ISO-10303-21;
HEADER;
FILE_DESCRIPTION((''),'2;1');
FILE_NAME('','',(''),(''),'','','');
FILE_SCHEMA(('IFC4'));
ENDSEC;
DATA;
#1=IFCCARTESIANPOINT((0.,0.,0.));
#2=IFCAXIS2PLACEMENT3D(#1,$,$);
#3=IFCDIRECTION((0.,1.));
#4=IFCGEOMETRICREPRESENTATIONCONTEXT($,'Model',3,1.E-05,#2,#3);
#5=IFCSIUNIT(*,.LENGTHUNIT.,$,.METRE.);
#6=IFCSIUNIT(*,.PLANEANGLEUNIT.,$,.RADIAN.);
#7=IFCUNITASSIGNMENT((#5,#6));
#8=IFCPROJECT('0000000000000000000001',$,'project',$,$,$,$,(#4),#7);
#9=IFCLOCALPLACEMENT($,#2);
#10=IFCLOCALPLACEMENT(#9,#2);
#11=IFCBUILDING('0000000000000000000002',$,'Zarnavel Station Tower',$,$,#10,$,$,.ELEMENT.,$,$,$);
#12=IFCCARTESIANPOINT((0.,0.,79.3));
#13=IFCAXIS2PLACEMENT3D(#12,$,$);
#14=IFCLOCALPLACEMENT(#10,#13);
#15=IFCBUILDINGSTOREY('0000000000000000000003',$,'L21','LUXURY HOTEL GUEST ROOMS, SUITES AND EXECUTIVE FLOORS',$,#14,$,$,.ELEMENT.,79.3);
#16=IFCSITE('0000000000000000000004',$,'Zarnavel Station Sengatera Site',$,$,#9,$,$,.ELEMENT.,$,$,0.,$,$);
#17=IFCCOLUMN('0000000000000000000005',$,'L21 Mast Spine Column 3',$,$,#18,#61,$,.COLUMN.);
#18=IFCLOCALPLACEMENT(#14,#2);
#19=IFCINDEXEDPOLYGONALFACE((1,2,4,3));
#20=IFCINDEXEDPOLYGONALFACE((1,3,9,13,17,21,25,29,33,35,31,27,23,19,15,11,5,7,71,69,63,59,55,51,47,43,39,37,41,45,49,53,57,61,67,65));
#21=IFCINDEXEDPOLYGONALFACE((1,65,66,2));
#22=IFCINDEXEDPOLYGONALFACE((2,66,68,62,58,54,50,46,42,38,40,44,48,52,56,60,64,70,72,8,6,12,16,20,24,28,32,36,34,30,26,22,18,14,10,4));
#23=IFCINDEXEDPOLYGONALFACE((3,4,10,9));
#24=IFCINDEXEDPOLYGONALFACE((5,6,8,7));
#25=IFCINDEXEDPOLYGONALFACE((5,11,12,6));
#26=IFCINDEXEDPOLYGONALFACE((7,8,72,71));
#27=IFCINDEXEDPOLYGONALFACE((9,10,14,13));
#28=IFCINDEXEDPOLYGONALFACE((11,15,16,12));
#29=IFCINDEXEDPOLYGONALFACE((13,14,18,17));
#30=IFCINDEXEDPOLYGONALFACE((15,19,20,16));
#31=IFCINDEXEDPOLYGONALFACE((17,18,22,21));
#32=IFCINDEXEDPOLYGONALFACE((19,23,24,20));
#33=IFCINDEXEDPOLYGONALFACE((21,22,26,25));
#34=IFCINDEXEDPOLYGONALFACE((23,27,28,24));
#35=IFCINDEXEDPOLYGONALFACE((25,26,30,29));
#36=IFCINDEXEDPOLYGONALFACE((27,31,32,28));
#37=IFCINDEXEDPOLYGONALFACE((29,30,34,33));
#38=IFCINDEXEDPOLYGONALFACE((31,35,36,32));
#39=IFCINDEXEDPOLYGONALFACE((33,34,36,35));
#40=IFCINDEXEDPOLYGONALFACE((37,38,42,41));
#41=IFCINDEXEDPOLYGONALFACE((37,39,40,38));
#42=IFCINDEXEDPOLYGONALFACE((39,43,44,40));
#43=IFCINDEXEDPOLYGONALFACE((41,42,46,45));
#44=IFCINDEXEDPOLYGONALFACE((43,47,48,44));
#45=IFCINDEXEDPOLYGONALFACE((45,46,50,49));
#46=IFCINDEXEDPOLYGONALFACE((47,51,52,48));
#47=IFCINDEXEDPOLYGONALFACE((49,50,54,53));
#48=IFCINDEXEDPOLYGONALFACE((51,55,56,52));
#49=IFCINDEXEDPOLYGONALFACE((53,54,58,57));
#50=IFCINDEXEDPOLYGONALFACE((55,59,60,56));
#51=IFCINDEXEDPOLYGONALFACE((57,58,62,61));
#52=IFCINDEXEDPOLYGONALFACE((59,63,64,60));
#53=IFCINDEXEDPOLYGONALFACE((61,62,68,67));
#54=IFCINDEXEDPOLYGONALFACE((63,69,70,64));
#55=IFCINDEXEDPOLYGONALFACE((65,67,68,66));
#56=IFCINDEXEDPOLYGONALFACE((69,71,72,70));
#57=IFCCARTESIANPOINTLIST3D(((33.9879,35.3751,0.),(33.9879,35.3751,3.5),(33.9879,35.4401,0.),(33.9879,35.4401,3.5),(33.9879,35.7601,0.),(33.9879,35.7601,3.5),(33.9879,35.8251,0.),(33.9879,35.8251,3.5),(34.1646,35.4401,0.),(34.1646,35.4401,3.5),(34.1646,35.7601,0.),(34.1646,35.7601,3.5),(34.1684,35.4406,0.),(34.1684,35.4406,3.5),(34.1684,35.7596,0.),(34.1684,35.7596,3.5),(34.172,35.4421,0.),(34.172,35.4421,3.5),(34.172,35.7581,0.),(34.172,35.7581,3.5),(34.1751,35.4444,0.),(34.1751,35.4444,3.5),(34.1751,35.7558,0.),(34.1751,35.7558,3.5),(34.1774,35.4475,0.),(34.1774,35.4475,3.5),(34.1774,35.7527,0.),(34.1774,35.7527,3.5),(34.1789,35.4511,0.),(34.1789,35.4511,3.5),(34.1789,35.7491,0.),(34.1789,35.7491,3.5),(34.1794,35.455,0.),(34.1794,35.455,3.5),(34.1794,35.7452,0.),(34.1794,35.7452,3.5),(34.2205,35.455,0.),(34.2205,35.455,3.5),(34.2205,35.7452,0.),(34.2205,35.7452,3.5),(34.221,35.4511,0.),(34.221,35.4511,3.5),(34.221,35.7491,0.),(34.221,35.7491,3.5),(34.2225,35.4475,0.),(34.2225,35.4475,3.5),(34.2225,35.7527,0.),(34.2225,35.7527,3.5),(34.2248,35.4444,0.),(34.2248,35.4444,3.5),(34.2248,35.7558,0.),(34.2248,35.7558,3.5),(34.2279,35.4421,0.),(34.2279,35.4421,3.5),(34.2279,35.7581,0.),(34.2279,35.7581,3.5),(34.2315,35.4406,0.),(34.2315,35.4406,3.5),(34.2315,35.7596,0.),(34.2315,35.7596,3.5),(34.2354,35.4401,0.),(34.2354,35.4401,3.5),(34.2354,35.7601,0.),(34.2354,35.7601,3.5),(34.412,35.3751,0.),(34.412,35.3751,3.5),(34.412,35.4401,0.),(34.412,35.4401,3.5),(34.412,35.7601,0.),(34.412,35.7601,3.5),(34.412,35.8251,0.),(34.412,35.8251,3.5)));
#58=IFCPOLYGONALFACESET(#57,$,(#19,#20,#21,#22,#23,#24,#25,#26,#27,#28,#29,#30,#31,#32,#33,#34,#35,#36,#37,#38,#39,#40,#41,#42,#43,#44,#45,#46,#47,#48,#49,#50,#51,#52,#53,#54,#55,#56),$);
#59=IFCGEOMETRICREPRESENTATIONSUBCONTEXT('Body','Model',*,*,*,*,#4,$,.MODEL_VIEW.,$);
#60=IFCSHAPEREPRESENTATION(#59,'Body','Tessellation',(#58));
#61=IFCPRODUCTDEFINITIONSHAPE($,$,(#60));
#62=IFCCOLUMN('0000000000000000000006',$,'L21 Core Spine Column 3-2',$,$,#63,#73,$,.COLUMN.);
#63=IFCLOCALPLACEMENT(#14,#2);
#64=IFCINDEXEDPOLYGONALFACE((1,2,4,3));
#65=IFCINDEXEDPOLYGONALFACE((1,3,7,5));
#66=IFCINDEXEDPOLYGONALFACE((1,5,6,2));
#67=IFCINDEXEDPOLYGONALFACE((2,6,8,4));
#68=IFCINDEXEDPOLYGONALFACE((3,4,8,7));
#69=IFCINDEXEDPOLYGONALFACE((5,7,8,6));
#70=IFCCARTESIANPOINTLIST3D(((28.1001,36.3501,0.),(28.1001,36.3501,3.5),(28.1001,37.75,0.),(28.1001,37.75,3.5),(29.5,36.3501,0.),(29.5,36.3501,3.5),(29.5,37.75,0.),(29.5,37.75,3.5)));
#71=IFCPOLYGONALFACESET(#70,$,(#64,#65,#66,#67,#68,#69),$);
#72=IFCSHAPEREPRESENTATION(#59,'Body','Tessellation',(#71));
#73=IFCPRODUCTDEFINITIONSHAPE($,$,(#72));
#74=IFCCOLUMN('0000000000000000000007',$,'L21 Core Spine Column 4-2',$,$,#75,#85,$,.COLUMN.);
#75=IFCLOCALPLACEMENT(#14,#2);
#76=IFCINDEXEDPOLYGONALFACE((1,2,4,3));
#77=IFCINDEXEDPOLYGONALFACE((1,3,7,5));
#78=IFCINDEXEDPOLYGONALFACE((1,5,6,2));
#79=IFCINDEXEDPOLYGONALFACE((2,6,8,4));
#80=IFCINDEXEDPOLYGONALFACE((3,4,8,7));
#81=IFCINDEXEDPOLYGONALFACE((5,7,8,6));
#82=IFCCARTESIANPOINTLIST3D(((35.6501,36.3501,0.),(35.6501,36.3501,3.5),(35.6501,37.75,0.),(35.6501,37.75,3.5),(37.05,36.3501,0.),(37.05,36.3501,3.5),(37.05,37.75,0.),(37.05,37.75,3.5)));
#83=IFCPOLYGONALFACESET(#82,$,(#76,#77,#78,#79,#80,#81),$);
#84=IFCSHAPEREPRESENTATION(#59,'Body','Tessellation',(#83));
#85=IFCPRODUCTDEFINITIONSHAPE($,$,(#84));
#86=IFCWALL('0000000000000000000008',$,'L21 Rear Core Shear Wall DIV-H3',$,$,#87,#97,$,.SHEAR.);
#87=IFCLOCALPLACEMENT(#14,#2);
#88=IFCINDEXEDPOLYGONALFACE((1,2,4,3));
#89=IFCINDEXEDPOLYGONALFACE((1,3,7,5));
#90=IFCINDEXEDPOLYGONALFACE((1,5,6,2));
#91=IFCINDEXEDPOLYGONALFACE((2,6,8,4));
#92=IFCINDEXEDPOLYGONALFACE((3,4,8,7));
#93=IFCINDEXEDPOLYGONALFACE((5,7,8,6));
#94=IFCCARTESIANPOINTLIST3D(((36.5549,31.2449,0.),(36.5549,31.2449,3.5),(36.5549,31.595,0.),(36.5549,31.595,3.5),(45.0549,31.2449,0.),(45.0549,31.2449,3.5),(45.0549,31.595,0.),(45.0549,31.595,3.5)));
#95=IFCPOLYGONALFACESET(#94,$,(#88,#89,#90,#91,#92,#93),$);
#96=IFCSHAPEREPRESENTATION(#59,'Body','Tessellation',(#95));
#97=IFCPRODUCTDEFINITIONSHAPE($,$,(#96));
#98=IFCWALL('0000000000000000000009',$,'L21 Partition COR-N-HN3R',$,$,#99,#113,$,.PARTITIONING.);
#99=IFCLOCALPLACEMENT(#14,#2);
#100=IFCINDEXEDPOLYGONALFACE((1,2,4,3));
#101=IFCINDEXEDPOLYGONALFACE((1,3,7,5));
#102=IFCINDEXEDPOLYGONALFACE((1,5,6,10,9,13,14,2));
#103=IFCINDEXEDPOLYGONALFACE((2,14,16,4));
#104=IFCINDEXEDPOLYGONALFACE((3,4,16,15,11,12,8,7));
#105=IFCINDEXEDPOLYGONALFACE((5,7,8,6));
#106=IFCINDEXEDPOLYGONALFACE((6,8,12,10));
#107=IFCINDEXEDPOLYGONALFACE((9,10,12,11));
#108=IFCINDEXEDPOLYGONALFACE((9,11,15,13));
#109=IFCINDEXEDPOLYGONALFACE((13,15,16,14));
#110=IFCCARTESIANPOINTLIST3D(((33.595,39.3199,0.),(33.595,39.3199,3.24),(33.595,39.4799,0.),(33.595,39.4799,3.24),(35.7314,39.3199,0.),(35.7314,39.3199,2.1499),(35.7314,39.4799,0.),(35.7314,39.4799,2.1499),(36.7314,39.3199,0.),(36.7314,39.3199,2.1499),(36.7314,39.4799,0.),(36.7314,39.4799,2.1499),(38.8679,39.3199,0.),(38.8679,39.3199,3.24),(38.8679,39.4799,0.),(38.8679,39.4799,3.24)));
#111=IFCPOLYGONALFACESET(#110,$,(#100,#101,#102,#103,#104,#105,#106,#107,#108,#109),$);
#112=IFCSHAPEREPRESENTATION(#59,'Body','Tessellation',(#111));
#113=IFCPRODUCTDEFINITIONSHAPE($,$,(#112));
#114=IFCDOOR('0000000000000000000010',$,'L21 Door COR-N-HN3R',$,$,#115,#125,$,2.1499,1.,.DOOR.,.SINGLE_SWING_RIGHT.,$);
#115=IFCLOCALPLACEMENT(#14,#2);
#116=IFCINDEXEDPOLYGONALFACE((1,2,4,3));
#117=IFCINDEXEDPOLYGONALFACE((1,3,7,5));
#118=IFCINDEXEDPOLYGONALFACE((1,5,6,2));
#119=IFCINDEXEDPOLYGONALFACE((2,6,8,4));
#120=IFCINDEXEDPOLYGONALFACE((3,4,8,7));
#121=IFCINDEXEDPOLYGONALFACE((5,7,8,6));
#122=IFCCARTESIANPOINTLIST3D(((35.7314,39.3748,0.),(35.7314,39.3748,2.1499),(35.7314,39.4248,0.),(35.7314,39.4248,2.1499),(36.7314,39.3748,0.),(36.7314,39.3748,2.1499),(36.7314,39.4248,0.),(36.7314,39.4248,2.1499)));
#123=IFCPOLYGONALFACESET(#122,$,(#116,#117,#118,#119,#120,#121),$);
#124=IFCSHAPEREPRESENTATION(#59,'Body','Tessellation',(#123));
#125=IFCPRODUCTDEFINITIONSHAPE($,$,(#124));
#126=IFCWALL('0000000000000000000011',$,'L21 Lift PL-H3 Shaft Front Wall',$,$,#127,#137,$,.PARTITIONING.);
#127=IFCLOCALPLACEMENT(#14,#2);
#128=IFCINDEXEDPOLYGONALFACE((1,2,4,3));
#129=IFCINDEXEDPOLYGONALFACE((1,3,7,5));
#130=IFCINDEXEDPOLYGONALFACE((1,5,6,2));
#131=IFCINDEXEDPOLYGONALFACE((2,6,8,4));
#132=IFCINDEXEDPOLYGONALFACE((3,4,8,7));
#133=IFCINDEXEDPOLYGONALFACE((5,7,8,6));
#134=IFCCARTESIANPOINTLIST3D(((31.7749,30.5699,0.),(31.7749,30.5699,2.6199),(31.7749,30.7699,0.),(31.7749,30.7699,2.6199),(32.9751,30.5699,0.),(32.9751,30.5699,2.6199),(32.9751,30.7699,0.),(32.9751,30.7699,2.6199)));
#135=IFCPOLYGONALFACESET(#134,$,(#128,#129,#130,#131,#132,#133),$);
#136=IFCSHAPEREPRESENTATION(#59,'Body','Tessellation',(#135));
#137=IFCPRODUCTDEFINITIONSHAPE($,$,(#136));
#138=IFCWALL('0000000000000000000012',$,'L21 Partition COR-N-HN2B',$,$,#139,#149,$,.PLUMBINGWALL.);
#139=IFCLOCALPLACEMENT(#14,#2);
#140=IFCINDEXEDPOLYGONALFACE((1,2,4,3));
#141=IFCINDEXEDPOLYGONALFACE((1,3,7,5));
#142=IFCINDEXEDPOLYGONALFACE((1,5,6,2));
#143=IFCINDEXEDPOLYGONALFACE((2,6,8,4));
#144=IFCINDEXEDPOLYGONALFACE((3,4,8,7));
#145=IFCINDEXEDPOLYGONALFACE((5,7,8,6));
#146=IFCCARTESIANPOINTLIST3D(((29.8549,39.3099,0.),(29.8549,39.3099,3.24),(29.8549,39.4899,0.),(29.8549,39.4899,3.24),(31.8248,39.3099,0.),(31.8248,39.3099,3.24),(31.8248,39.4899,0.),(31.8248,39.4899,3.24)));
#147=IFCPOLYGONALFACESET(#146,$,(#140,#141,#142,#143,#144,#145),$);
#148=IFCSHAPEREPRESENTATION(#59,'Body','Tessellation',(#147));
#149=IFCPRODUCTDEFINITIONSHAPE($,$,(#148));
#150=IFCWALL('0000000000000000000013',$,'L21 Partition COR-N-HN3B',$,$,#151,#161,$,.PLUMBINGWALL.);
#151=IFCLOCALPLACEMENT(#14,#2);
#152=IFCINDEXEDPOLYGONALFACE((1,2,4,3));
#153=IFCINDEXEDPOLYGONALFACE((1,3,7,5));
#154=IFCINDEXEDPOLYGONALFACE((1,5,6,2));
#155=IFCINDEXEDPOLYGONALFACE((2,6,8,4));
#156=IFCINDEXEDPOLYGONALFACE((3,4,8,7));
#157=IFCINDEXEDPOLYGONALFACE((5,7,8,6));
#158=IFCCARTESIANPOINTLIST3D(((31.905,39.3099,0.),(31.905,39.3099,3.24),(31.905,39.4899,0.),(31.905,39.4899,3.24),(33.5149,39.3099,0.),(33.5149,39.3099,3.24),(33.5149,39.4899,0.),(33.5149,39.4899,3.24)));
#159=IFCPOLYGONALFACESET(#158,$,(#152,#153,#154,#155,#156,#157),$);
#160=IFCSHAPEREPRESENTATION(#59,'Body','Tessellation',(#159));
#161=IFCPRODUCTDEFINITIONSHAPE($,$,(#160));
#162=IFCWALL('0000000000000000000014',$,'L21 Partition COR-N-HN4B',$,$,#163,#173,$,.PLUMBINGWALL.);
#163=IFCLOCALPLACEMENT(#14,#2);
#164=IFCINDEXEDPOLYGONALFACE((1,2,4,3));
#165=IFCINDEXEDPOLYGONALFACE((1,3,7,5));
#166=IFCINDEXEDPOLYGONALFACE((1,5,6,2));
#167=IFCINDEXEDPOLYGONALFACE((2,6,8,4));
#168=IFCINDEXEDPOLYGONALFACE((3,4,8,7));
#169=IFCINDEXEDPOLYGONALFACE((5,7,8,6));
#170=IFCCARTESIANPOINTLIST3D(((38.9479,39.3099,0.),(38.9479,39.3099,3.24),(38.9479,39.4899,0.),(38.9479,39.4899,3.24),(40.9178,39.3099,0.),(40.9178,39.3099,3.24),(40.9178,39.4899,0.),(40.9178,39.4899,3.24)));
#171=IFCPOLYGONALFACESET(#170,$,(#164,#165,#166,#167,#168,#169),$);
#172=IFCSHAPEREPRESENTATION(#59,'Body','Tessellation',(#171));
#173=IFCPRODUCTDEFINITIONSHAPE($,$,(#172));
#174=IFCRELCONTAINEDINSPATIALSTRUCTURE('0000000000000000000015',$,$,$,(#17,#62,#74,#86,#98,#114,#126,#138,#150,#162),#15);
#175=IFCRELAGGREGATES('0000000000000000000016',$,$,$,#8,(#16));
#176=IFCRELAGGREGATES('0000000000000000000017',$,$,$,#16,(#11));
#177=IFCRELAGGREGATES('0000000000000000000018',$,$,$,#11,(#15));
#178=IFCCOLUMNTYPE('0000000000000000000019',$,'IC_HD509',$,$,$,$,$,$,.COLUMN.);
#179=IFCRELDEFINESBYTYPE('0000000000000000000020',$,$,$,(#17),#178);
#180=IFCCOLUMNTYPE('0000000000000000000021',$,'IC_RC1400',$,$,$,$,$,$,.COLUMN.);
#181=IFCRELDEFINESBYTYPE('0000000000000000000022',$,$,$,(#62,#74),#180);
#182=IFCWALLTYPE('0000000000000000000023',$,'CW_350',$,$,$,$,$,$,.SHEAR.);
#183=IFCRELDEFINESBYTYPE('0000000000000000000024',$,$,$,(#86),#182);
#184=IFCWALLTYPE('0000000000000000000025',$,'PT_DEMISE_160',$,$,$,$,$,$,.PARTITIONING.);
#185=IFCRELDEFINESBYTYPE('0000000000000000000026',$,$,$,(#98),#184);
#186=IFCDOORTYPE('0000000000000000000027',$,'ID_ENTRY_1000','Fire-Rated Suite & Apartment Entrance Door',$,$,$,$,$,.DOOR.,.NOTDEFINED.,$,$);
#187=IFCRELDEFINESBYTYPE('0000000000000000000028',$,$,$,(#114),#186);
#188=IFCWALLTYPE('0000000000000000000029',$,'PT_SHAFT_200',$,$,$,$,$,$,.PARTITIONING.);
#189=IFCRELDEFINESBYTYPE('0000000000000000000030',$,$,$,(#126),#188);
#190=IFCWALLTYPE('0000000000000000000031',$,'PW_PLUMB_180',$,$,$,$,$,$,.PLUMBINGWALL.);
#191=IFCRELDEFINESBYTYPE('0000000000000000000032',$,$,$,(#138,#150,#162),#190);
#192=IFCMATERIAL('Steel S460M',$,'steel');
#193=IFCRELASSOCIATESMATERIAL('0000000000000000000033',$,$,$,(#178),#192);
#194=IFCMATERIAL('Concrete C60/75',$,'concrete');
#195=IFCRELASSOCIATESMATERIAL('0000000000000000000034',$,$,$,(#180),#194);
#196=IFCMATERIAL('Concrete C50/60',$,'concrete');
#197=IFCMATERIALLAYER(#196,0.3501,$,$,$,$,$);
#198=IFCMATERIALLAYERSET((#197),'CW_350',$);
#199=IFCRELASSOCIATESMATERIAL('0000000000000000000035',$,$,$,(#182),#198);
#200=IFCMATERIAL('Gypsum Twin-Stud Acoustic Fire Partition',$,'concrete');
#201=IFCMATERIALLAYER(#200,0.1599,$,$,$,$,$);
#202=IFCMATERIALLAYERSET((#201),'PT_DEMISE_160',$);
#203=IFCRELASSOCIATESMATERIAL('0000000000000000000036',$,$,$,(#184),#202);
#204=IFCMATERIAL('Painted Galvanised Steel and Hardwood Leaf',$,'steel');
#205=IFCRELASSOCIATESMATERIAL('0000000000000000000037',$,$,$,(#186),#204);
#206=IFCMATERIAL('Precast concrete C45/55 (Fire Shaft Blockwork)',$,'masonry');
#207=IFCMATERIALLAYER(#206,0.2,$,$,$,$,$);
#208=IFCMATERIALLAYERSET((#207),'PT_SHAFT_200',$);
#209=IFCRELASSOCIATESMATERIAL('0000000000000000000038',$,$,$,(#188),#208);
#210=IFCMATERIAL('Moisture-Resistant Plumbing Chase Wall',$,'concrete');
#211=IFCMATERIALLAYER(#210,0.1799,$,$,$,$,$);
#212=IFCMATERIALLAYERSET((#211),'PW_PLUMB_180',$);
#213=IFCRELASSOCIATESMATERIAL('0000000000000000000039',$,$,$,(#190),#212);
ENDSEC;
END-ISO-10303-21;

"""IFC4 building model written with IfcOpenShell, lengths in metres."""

from ifc_helpers import new_model, si_unit, direction, frame, frame_2d, origin, origin_2d, place, context, subcontext, project, spatial, rectangle, i_section, extrude, material, layer, layer_set, material_profile, profile_set, type_object, element, fill, save


model = new_model("IFC4")

# Units and contexts
model_context = context("Model", 3, precision=1e-05, world=origin(), true_north=direction((0.0, 1.0)))
body_context = subcontext(model_context, "Body", "Model", "MODEL_VIEW")
ifc_project = project(units=[si_unit("LENGTHUNIT", "METRE"), si_unit("PLANEANGLEUNIT", "RADIAN")], contexts=[model_context])

# Site, building, storey
site_placement = place(None, origin())
site = spatial("IfcSite", under=ifc_project, at=site_placement, Name="Zarnavel Station Sengatera Site", CompositionType="ELEMENT", RefElevation=0.0)
building_placement = place(site_placement, origin())
building = spatial("IfcBuilding", under=site, at=building_placement, Name="Zarnavel Station Tower", CompositionType="ELEMENT")
storey_placement = place(building_placement, frame((0.0, 0.0, 79.3)))
storey = spatial("IfcBuildingStorey", under=building, at=storey_placement, Name="L21", Description="LUXURY HOTEL GUEST ROOMS, SUITES AND EXECUTIVE FLOORS", CompositionType="ELEMENT", Elevation=79.3)

# Columns
ifc_material_1 = material(Name="Steel S460M", Category="steel")
ifc_material_profile_1 = material_profile(ifc_material_1, i_section(OverallWidth=0.4241, OverallDepth=0.45, WebThickness=0.041, FlangeThickness=0.0649, FilletRadius=0.0149, at=origin_2d()), Name="HD400x509")
ifc_profile_set_1 = profile_set([ifc_material_profile_1], Name="Steel S460M")
column_type_1 = type_object("IfcColumnType", Name="IC_HD509", PredefinedType="COLUMN", material=ifc_profile_set_1)
column_placement = place(storey_placement, frame((34.2, 35.6001, 0.0), z_axis=(0.0, 0.0, 1.0), x_axis=(1.0, 0.0, 0.0)))
element("IfcColumn", 1, at=column_placement, inside=storey, type_object=column_type_1, Name="L21 Mast Spine Column 3", PredefinedType="COLUMN", context=body_context, shape_type="SweptSolid", body=[
    extrude(i_section(OverallWidth=0.4241, OverallDepth=0.45, WebThickness=0.041, FlangeThickness=0.0649, FilletRadius=0.0149, at=origin_2d()), origin(), (0.0, 0.0, 1.0), 3.5),
])
ifc_material_2 = material(Name="Concrete C60/75", Category="concrete")
ifc_material_profile_2 = material_profile(ifc_material_2, rectangle(XDim=1.3999, YDim=1.3999, at=origin_2d()), Name="RC1400x1400")
ifc_profile_set_2 = profile_set([ifc_material_profile_2], Name="Concrete C60/75")
column_type_2 = type_object("IfcColumnType", Name="IC_RC1400", PredefinedType="COLUMN", material=ifc_profile_set_2)
for number, where, z_axis, x_axis, name in (
    (2, (28.8, 37.05, 0.0), (0.0, 0.0, 1.0), (1.0, 0.0, 0.0), "L21 Core Spine Column 3-2"),
    (3, (36.3501, 37.05, 0.0), (0.0, 0.0, 1.0), (1.0, 0.0, 0.0), "L21 Core Spine Column 4-2"),
):
    element("IfcColumn", number, at=place(storey_placement, frame(where, z_axis=z_axis, x_axis=x_axis)), inside=storey, type_object=column_type_2, Name=name, PredefinedType="COLUMN", context=body_context, shape_type="SweptSolid", body=[
        extrude(rectangle(XDim=1.3999, YDim=1.3999, at=origin_2d()), origin(), (0.0, 0.0, 1.0), 3.5),
    ])

# Wall
ifc_material_3 = material(Name="Concrete C50/60", Category="concrete")
ifc_layer_1 = layer(ifc_material_3, 0.3501)
ifc_layer_set_1 = layer_set([ifc_layer_1], Name="CW_350")
wall_type_1 = type_object("IfcWallType", Name="CW_350", PredefinedType="SHEAR", material=ifc_layer_set_1)
wall_1_placement = place(storey_placement, frame((36.5549, 31.4199, 0.0), z_axis=(0.0, 0.0, 1.0), x_axis=(1.0, 0.0, 0.0)))
element("IfcWall", 4, at=wall_1_placement, inside=storey, type_object=wall_type_1, Name="L21 Rear Core Shear Wall DIV-H3", PredefinedType="SHEAR", context=body_context, shape_type="SweptSolid", body=[
    extrude(rectangle(XDim=8.5, YDim=0.3501, at=frame_2d((4.25, 0.0))), origin(), (0.0, 0.0, 1.0), 3.5),
])

# Wall, opening, door
ifc_material_4 = material(Name="Gypsum Twin-Stud Acoustic Fire Partition", Category="concrete")
ifc_layer_2 = layer(ifc_material_4, 0.1599)
ifc_layer_set_2 = layer_set([ifc_layer_2], Name="PT_DEMISE_160")
wall_type_2 = type_object("IfcWallType", Name="PT_DEMISE_160", PredefinedType="PARTITIONING", material=ifc_layer_set_2)
wall_2_placement = place(storey_placement, frame((33.595, 39.3999, 0.0), z_axis=(0.0, 0.0, 1.0), x_axis=(1.0, 0.0, 0.0)))
wall_2 = element("IfcWall", 5, at=wall_2_placement, inside=storey, type_object=wall_type_2, Name="L21 Partition COR-N-HN3R", PredefinedType="PARTITIONING", context=body_context, shape_type="SweptSolid", body=[
    extrude(rectangle(XDim=5.2729, YDim=0.1599, at=frame_2d((2.6365, 0.0))), origin(), (0.0, 0.0, 1.0), 3.24),
])
opening_1_placement = place(wall_2_placement, frame((2.1365, 0.0, 0.0)))
opening_1 = element("IfcOpeningElement", 6, at=opening_1_placement, cuts=wall_2, PredefinedType="OPENING", context=body_context, shape_type="SweptSolid", body=[
    extrude(rectangle(XDim=1.0, YDim=2.1499, at=frame_2d((0.5, 1.075))), frame((0.0, 0.0898, 0.0), z_axis=(0.0, -1.0, 0.0), x_axis=(1.0, 0.0, 0.0)), (0.0, 0.0, 1.0), 0.1799),
])
ifc_material_5 = material(Name="Painted Galvanised Steel and Hardwood Leaf", Category="steel")
door_type_1 = type_object("IfcDoorType", Name="ID_ENTRY_1000", Description="Fire-Rated Suite & Apartment Entrance Door", OperationType="NOTDEFINED", PredefinedType="DOOR", material=ifc_material_5)
door_1_placement = place(opening_1_placement, origin())
door_1 = element("IfcDoor", 7, at=door_1_placement, inside=storey, type_object=door_type_1, Name="L21 Door COR-N-HN3R", OperationType="SINGLE_SWING_RIGHT", OverallHeight=2.1499, OverallWidth=1.0, PredefinedType="DOOR", context=body_context, shape_type="SweptSolid", body=[
    extrude(rectangle(XDim=1.0, YDim=2.1499, at=frame_2d((0.5, 1.075))), frame((0.0, 0.0249, 0.0), z_axis=(0.0, -1.0, 0.0), x_axis=(1.0, 0.0, 0.0)), (0.0, 0.0, 1.0), 0.05),
])
fill(opening_1, door_1)
ifc_material_6 = material(Name="Precast concrete C45/55 (Fire Shaft Blockwork)", Category="masonry")
ifc_layer_3 = layer(ifc_material_6, 0.2)
ifc_layer_set_3 = layer_set([ifc_layer_3], Name="PT_SHAFT_200")
wall_type_3 = type_object("IfcWallType", Name="PT_SHAFT_200", PredefinedType="PARTITIONING", material=ifc_layer_set_3)

# Wall
wall_3_placement = place(storey_placement, frame((31.7749, 30.6699, 0.0), z_axis=(0.0, 0.0, 1.0), x_axis=(1.0, 0.0, 0.0)))
element("IfcWall", 8, at=wall_3_placement, inside=storey, type_object=wall_type_3, Name="L21 Lift PL-H3 Shaft Front Wall", PredefinedType="PARTITIONING", context=body_context, shape_type="SweptSolid", body=[
    extrude(rectangle(XDim=1.2002, YDim=0.2, at=frame_2d((0.6001, 0.0))), origin(), (0.0, 0.0, 1.0), 2.6199),
])

# Walls
ifc_material_7 = material(Name="Moisture-Resistant Plumbing Chase Wall", Category="concrete")
ifc_layer_4 = layer(ifc_material_7, 0.1799)
ifc_layer_set_4 = layer_set([ifc_layer_4], Name="PW_PLUMB_180")
wall_type_4 = type_object("IfcWallType", Name="PW_PLUMB_180", PredefinedType="PLUMBINGWALL", material=ifc_layer_set_4)
wall_4_placement = place(storey_placement, frame((29.855, 39.3999, 0.0), z_axis=(0.0, 0.0, 1.0), x_axis=(1.0, 0.0, 0.0)))
element("IfcWall", 9, at=wall_4_placement, inside=storey, type_object=wall_type_4, Name="L21 Partition COR-N-HN2B", PredefinedType="PLUMBINGWALL", context=body_context, shape_type="SweptSolid", body=[
    extrude(rectangle(XDim=1.97, YDim=0.1799, at=frame_2d((0.9849, 0.0))), origin(), (0.0, 0.0, 1.0), 3.24),
])
wall_5_placement = place(storey_placement, frame((31.905, 39.3999, 0.0), z_axis=(0.0, 0.0, 1.0), x_axis=(1.0, 0.0, 0.0)))
element("IfcWall", 10, at=wall_5_placement, inside=storey, type_object=wall_type_4, Name="L21 Partition COR-N-HN3B", PredefinedType="PLUMBINGWALL", context=body_context, shape_type="SweptSolid", body=[
    extrude(rectangle(XDim=1.6099, YDim=0.1799, at=frame_2d((0.8049, 0.0))), origin(), (0.0, 0.0, 1.0), 3.24),
])
wall_6_placement = place(storey_placement, frame((38.948, 39.3999, 0.0), z_axis=(0.0, 0.0, 1.0), x_axis=(1.0, 0.0, 0.0)))
element("IfcWall", 11, at=wall_6_placement, inside=storey, type_object=wall_type_4, Name="L21 Partition COR-N-HN4B", PredefinedType="PLUMBINGWALL", context=body_context, shape_type="SweptSolid", body=[
    extrude(rectangle(XDim=1.97, YDim=0.1799, at=frame_2d((0.9849, 0.0))), origin(), (0.0, 0.0, 1.0), 3.24),
])

save(model, "model.ifc")
